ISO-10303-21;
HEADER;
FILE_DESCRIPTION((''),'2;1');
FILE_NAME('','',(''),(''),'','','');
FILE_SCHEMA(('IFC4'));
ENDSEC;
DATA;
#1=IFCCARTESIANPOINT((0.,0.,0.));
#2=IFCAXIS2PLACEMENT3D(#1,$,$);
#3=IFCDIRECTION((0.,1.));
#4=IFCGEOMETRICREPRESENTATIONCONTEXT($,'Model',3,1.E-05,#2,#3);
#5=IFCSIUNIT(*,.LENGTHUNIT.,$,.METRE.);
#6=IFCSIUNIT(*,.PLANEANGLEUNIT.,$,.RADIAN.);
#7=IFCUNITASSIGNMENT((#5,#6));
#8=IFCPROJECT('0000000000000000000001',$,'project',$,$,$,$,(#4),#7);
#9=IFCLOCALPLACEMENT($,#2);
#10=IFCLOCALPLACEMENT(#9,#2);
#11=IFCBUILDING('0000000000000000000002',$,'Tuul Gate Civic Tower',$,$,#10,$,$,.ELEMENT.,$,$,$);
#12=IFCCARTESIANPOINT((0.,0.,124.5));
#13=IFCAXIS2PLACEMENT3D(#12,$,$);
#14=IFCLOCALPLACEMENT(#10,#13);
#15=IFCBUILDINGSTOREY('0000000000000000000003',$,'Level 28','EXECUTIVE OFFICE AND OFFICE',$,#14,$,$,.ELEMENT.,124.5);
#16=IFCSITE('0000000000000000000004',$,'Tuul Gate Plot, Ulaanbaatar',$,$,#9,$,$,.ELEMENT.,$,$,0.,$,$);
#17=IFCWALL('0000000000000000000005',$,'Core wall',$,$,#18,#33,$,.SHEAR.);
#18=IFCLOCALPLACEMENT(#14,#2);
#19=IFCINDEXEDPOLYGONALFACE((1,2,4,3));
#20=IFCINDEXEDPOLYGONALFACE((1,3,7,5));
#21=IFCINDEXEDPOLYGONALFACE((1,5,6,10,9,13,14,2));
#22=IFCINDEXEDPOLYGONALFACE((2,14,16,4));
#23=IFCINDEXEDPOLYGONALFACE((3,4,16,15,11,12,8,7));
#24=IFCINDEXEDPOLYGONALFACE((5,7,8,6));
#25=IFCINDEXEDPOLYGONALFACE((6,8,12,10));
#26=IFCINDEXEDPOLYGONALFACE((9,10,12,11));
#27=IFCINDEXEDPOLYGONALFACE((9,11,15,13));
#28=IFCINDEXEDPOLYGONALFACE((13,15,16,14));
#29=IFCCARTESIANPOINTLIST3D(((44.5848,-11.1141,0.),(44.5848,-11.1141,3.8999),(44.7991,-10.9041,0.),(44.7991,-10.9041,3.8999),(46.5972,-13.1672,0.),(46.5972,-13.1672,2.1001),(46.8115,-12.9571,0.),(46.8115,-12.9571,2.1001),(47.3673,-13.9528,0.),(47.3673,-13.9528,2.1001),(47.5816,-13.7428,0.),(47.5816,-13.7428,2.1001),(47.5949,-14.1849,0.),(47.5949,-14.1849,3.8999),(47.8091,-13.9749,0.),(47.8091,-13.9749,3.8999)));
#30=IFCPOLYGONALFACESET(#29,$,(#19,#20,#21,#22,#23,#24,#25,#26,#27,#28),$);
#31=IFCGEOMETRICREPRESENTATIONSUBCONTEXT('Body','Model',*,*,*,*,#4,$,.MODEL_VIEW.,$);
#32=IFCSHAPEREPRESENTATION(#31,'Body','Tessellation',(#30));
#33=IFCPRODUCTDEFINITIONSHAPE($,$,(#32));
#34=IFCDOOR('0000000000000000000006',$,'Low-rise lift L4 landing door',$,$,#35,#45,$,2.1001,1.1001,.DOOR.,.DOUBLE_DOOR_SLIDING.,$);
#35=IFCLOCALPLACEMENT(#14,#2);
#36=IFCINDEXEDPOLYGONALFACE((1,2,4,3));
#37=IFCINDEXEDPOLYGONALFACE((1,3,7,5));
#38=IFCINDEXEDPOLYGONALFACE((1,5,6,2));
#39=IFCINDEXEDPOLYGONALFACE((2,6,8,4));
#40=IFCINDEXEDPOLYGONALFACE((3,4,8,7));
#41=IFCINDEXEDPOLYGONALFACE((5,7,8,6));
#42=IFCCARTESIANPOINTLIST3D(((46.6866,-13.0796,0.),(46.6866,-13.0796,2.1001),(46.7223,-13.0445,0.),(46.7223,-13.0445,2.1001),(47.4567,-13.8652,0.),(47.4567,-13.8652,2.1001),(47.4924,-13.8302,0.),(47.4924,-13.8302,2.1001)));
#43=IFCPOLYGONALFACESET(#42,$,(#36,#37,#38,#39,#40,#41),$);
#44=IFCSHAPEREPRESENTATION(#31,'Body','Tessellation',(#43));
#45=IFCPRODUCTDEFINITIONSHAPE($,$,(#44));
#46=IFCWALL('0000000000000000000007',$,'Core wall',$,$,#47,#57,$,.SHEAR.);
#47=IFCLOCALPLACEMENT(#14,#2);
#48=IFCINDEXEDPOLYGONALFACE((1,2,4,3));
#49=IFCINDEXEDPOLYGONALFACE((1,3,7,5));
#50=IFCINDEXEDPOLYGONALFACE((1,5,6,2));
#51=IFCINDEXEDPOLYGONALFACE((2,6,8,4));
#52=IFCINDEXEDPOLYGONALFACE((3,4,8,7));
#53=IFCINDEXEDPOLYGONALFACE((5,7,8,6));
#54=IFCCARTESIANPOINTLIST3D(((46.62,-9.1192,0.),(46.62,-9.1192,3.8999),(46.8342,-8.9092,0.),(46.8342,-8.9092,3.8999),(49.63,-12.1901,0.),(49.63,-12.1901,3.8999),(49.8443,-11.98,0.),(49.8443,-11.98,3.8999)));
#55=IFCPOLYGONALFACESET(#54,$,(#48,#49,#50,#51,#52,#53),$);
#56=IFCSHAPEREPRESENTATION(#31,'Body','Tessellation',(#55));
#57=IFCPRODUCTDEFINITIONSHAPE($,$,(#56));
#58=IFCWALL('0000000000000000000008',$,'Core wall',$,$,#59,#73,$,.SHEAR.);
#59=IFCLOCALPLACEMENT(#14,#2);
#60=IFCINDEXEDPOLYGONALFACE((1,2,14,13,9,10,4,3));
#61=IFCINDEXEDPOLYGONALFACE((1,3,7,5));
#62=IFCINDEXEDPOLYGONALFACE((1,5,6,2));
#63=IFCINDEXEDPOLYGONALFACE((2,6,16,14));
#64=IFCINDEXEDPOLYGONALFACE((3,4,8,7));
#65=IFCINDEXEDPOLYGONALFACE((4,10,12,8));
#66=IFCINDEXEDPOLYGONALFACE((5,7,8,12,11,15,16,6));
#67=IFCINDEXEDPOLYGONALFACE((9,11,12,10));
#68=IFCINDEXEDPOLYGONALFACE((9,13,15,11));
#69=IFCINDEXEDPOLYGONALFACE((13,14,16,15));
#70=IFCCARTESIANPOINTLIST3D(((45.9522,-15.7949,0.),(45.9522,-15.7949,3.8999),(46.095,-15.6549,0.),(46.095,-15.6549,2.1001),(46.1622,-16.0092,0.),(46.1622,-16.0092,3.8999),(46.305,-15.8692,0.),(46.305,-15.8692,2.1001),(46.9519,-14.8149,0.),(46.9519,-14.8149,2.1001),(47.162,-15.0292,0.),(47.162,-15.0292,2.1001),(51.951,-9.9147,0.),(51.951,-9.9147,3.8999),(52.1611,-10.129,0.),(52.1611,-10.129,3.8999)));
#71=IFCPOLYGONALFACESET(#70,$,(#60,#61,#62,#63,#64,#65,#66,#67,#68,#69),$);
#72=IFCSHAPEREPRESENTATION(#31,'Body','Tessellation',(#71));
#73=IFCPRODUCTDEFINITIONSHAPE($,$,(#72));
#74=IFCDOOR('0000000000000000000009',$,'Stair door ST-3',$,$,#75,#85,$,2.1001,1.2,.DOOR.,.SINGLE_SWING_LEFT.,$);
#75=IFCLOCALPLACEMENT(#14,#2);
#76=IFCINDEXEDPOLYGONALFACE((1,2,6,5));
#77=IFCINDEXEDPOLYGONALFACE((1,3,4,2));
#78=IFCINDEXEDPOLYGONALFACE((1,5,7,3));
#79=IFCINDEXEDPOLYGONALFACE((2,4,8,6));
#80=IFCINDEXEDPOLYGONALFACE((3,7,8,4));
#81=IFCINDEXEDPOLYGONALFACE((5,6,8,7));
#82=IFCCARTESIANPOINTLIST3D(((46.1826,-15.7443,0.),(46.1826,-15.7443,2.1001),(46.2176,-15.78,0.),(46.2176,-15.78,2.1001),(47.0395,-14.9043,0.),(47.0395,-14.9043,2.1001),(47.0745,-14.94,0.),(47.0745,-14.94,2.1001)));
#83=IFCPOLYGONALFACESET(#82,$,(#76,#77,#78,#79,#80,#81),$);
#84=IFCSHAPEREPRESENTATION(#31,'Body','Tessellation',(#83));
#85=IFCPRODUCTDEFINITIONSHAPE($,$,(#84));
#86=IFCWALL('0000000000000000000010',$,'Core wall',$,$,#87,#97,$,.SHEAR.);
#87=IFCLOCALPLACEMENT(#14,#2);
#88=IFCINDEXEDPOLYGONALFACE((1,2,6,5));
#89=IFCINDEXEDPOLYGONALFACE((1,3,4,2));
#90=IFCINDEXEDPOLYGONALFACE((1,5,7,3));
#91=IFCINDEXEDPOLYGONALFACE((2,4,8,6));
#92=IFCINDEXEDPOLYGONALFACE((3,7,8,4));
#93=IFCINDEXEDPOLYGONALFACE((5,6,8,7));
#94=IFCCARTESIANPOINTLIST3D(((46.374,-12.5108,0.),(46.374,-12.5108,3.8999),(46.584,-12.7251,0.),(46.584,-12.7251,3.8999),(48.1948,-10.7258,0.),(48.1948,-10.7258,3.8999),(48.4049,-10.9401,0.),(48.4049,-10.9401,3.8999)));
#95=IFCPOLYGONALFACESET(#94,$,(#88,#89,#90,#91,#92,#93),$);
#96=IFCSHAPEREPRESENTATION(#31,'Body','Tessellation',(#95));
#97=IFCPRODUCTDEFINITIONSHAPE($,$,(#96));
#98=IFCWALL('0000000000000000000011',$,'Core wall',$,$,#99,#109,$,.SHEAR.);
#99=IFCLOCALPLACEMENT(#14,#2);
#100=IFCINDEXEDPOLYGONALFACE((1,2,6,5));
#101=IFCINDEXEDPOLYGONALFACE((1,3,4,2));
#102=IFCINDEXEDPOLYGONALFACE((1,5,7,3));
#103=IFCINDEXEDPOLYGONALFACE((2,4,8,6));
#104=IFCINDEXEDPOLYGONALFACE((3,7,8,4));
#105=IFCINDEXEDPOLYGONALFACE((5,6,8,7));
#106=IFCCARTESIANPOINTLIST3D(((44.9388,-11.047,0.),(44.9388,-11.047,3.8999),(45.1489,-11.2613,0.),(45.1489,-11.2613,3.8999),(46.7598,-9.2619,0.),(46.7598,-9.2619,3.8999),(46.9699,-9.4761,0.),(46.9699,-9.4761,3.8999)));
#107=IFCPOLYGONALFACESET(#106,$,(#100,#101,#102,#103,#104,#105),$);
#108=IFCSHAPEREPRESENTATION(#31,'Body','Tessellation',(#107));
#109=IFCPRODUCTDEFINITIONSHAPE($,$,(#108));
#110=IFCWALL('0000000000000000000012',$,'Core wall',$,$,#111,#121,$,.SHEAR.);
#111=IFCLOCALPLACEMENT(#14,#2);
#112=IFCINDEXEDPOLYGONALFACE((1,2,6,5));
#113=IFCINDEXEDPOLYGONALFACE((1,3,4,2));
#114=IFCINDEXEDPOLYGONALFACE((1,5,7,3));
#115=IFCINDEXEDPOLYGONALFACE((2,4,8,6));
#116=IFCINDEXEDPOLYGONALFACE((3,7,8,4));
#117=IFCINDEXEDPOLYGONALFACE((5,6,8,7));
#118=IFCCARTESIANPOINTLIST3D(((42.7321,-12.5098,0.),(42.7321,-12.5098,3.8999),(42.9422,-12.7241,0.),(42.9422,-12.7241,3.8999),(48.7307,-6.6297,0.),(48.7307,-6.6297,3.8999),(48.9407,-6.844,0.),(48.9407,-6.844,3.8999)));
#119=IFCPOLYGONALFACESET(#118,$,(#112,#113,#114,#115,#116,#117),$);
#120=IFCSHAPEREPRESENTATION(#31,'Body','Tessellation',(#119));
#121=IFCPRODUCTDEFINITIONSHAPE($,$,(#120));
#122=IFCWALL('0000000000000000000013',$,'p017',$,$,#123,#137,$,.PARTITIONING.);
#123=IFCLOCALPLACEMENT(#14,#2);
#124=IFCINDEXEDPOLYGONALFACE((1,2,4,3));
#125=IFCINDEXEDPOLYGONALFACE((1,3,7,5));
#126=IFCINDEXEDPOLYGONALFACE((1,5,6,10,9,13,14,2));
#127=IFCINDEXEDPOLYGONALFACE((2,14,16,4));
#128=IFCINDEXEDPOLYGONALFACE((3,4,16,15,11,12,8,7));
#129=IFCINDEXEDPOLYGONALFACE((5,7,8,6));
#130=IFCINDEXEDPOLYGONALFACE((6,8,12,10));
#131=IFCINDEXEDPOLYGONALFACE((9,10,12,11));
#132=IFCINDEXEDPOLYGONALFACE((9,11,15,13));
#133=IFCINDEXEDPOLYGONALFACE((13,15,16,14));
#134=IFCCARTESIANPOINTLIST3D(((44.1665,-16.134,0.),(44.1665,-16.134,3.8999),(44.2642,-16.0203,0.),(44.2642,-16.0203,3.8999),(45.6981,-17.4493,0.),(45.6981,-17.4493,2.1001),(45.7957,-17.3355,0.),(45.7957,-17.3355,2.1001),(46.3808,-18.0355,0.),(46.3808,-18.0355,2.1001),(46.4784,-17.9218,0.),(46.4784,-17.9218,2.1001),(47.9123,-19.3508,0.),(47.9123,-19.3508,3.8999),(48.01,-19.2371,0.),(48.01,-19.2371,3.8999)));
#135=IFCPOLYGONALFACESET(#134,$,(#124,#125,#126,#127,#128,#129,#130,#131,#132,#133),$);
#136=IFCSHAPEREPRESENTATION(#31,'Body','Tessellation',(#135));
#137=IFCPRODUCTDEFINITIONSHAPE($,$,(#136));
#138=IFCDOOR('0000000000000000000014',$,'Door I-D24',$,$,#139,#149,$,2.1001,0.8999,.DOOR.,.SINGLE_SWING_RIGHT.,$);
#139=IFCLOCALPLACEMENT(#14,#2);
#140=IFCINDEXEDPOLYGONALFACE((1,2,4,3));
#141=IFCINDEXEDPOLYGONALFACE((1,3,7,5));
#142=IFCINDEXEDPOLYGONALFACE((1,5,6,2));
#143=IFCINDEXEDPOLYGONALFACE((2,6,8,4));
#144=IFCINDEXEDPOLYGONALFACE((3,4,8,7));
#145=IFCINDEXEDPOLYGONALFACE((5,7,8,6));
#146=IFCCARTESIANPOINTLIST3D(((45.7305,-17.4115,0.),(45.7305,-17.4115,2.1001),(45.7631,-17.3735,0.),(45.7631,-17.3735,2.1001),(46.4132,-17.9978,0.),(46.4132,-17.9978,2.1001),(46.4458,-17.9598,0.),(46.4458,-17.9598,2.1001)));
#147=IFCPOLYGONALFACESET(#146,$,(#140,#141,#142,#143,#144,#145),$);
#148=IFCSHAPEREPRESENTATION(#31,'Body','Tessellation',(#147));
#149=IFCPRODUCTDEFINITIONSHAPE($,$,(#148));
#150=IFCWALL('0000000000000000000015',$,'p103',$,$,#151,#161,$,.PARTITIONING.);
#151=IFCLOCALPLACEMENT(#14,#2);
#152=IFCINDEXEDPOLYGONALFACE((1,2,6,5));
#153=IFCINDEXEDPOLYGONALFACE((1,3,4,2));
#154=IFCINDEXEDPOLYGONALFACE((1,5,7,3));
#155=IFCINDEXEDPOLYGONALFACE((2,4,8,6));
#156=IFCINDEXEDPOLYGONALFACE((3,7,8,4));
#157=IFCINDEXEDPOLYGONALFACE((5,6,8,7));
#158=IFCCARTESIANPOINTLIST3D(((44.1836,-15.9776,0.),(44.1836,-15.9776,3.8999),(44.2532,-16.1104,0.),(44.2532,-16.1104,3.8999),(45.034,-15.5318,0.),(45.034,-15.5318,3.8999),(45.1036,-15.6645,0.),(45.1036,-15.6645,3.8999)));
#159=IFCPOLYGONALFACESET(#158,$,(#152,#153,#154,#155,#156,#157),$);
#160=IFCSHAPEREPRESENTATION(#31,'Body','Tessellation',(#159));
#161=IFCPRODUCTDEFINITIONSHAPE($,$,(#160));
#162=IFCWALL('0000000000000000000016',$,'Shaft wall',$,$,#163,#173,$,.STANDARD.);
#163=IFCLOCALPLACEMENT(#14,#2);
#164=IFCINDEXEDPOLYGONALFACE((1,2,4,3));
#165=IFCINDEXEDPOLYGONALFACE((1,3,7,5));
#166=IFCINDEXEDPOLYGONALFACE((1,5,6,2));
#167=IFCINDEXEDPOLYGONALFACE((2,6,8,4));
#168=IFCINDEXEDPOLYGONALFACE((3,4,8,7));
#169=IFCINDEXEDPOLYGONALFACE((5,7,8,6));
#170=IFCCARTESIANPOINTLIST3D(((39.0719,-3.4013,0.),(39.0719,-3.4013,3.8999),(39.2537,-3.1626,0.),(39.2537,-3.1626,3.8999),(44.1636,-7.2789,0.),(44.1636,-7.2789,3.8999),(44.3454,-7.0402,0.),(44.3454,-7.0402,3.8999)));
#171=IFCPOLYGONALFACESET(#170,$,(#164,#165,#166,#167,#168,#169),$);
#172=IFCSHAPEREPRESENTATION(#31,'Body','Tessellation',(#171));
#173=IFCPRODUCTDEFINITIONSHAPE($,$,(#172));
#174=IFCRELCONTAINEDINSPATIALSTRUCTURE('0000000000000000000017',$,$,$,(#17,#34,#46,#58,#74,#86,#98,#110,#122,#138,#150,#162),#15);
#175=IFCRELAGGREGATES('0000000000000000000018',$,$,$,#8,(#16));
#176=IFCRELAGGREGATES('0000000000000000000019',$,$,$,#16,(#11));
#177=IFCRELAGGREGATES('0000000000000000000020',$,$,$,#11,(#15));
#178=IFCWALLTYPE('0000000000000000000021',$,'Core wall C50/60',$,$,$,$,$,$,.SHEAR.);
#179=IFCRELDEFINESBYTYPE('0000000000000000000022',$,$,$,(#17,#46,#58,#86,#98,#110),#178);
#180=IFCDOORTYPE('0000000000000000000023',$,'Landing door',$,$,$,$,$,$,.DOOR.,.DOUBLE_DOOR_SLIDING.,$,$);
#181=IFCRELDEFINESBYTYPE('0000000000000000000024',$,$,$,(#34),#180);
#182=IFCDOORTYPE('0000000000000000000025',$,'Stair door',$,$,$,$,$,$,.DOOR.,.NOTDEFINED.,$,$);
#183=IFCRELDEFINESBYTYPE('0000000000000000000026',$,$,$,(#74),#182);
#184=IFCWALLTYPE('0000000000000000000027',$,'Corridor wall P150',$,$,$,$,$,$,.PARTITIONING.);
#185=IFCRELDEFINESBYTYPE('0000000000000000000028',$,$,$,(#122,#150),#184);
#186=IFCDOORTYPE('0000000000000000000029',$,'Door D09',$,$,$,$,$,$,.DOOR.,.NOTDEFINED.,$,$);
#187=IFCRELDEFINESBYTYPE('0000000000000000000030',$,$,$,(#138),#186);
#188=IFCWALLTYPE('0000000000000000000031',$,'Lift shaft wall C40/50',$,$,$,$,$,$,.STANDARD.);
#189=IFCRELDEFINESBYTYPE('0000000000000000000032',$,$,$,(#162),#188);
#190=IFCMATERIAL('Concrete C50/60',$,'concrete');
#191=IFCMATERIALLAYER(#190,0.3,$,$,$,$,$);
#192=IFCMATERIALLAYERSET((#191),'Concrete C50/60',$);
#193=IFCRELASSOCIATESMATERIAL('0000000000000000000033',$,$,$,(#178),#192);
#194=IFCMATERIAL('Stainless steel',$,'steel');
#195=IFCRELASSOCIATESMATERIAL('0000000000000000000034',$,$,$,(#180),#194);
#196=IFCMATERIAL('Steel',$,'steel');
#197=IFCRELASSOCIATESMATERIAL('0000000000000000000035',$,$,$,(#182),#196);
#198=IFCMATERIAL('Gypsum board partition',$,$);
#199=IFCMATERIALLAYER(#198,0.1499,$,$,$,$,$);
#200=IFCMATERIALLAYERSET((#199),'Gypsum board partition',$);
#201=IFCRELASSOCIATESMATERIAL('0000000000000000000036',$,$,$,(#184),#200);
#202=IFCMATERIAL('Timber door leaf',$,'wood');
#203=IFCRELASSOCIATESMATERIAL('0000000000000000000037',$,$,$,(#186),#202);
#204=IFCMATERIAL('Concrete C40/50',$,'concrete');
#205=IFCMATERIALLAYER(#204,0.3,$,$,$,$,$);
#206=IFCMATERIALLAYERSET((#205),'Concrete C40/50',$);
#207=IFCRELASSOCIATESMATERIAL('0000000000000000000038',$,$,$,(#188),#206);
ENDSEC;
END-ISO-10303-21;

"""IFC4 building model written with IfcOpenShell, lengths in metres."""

from ifc_helpers import new_model, si_unit, direction, frame, frame_2d, origin, place, context, subcontext, project, spatial, rectangle, extrude, material, layer, layer_set, type_object, element, fill, save


model = new_model("IFC4")

# Units and contexts
model_context = context("Model", 3, precision=1e-05, world=origin(), true_north=direction((0.0, 1.0)))
body_context = subcontext(model_context, "Body", "Model", "MODEL_VIEW")
ifc_project = project(units=[si_unit("LENGTHUNIT", "METRE"), si_unit("PLANEANGLEUNIT", "RADIAN")], contexts=[model_context])

# Site, building, storey
site_placement = place(None, origin())
site = spatial("IfcSite", under=ifc_project, at=site_placement, Name="Tuul Gate Plot, Ulaanbaatar", CompositionType="ELEMENT", RefElevation=0.0)
building_placement = place(site_placement, origin())
building = spatial("IfcBuilding", under=site, at=building_placement, Name="Tuul Gate Civic Tower", CompositionType="ELEMENT")
storey_placement = place(building_placement, frame((0.0, 0.0, 124.5)))
storey = spatial("IfcBuildingStorey", under=building, at=storey_placement, Name="Level 28", Description="EXECUTIVE OFFICE AND OFFICE", CompositionType="ELEMENT", Elevation=124.5)

# Wall, opening, door
ifc_material_1 = material(Name="Concrete C50/60", Category="concrete")
ifc_layer_1 = layer(ifc_material_1, 0.3)
ifc_layer_set_1 = layer_set([ifc_layer_1], Name="Concrete C50/60")
wall_type_1 = type_object("IfcWallType", Name="Core wall C50/60", PredefinedType="SHEAR", material=ifc_layer_set_1)
wall_1_placement = place(storey_placement, frame((47.7019, -14.0798, 0.0), z_axis=(0.0, 0.0, 1.0), x_axis=(-0.700003, 0.71414, 0.0)))
wall_1 = element("IfcWall", 1, at=wall_1_placement, inside=storey, type_object=wall_type_1, Name="Core wall", PredefinedType="SHEAR", context=body_context, shape_type="SweptSolid", body=[
    extrude(rectangle(XDim=4.3, YDim=0.3, at=frame_2d((2.1499, 0.0))), origin(), (0.0, 0.0, 1.0), 3.8999),
])
opening_1_placement = place(wall_1_placement, frame((0.325, 0.0, 0.0)))
opening_1 = element("IfcOpeningElement", 2, at=opening_1_placement, cuts=wall_1, PredefinedType="OPENING", context=body_context, shape_type="SweptSolid", body=[
    extrude(rectangle(XDim=1.1001, YDim=2.1001, at=frame_2d((0.55, 1.05))), frame((0.0, 0.1602, 0.0), z_axis=(0.0, -1.0, 0.0), x_axis=(1.0, 0.0, 0.0)), (0.0, 0.0, 1.0), 0.3201),
])
ifc_material_2 = material(Name="Stainless steel", Category="steel")
door_type_1 = type_object("IfcDoorType", Name="Landing door", OperationType="DOUBLE_DOOR_SLIDING", PredefinedType="DOOR", material=ifc_material_2)
door_1_placement = place(opening_1_placement, origin())
door_1 = element("IfcDoor", 3, at=door_1_placement, inside=storey, type_object=door_type_1, Name="Low-rise lift L4 landing door", OperationType="DOUBLE_DOOR_SLIDING", OverallHeight=2.1001, OverallWidth=1.1001, PredefinedType="DOOR", context=body_context, shape_type="SweptSolid", body=[
    extrude(rectangle(XDim=1.1001, YDim=2.1001, at=frame_2d((0.55, 1.05))), frame((0.0, 0.0249, 0.0), z_axis=(0.0, -1.0, 0.0), x_axis=(1.0, 0.0, 0.0)), (0.0, 0.0, 1.0), 0.05),
])
fill(opening_1, door_1)

# Wall
wall_2_placement = place(storey_placement, frame((49.7371, -12.085, 0.0), z_axis=(0.0, 0.0, 1.0), x_axis=(-0.700003, 0.71414, 0.0)))
element("IfcWall", 4, at=wall_2_placement, inside=storey, type_object=wall_type_1, Name="Core wall", PredefinedType="SHEAR", context=body_context, shape_type="SweptSolid", body=[
    extrude(rectangle(XDim=4.3, YDim=0.3, at=frame_2d((2.1499, 0.0))), origin(), (0.0, 0.0, 1.0), 3.8999),
])

# Wall, opening, door
wall_3_placement = place(storey_placement, frame((46.0571, -15.9021, 0.0), z_axis=(0.0, 0.0, 1.0), x_axis=(0.714134, 0.700009, 0.0)))
wall_3 = element("IfcWall", 5, at=wall_3_placement, inside=storey, type_object=wall_type_1, Name="Core wall", PredefinedType="SHEAR", context=body_context, shape_type="SweptSolid", body=[
    extrude(rectangle(XDim=8.4001, YDim=0.3, at=frame_2d((4.2002, 0.0))), origin(), (0.0, 0.0, 1.0), 3.8999),
])
opening_2_placement = place(wall_3_placement, frame((0.2, 0.0, 0.0)))
opening_2 = element("IfcOpeningElement", 6, at=opening_2_placement, cuts=wall_3, PredefinedType="OPENING", context=body_context, shape_type="SweptSolid", body=[
    extrude(rectangle(XDim=1.2, YDim=2.1001, at=frame_2d((0.6001, 1.05))), frame((0.0, 0.1602, 0.0), z_axis=(0.0, -1.0, 0.0), x_axis=(1.0, 0.0, 0.0)), (0.0, 0.0, 1.0), 0.3201),
])
ifc_material_3 = material(Name="Steel", Category="steel")
door_type_2 = type_object("IfcDoorType", Name="Stair door", OperationType="NOTDEFINED", PredefinedType="DOOR", material=ifc_material_3)
door_2_placement = place(opening_2_placement, origin())
door_2 = element("IfcDoor", 7, at=door_2_placement, inside=storey, type_object=door_type_2, Name="Stair door ST-3", OperationType="SINGLE_SWING_LEFT", OverallHeight=2.1001, OverallWidth=1.2, PredefinedType="DOOR", context=body_context, shape_type="SweptSolid", body=[
    extrude(rectangle(XDim=1.2, YDim=2.1001, at=frame_2d((0.6001, 1.05))), frame((0.0, 0.0249, 0.0), z_axis=(0.0, -1.0, 0.0), x_axis=(1.0, 0.0, 0.0)), (0.0, 0.0, 1.0), 0.05),
])
fill(opening_2, door_2)

# Walls
wall_4_placement = place(storey_placement, frame((46.479, -12.6179, 0.0), z_axis=(0.0, 0.0, 1.0), x_axis=(0.714109, 0.700034, 0.0)))
element("IfcWall", 8, at=wall_4_placement, inside=storey, type_object=wall_type_1, Name="Core wall", PredefinedType="SHEAR", context=body_context, shape_type="SweptSolid", body=[
    extrude(rectangle(XDim=2.5498, YDim=0.3, at=frame_2d((1.2749, 0.0))), origin(), (0.0, 0.0, 1.0), 3.8999),
])
wall_5_placement = place(storey_placement, frame((45.0439, -11.1541, 0.0), z_axis=(0.0, 0.0, 1.0), x_axis=(0.714108, 0.700035, 0.0)))
element("IfcWall", 9, at=wall_5_placement, inside=storey, type_object=wall_type_1, Name="Core wall", PredefinedType="SHEAR", context=body_context, shape_type="SweptSolid", body=[
    extrude(rectangle(XDim=2.55, YDim=0.3, at=frame_2d((1.2749, 0.0))), origin(), (0.0, 0.0, 1.0), 3.8999),
])
wall_6_placement = place(storey_placement, frame((42.8372, -12.6169, 0.0), z_axis=(0.0, 0.0, 1.0), x_axis=(0.71412, 0.700023, 0.0)))
element("IfcWall", 10, at=wall_6_placement, inside=storey, type_object=wall_type_1, Name="Core wall", PredefinedType="SHEAR", context=body_context, shape_type="SweptSolid", body=[
    extrude(rectangle(XDim=8.3999, YDim=0.3, at=frame_2d((4.2, 0.0))), origin(), (0.0, 0.0, 1.0), 3.8999),
])

# Wall, opening, door
ifc_material_4 = material(Name="Gypsum board partition")
ifc_layer_2 = layer(ifc_material_4, 0.1499)
ifc_layer_set_2 = layer_set([ifc_layer_2], Name="Gypsum board partition")
wall_type_2 = type_object("IfcWallType", Name="Corridor wall P150", PredefinedType="PARTITIONING", material=ifc_layer_set_2)
wall_7_placement = place(storey_placement, frame((44.2153, -16.0771, 0.0), z_axis=(0.0, 0.0, 1.0), x_axis=(0.758649, -0.6515, 0.0)))
wall_7 = element("IfcWall", 11, at=wall_7_placement, inside=storey, type_object=wall_type_2, Name="p017", PredefinedType="PARTITIONING", context=body_context, shape_type="SweptSolid", body=[
    extrude(rectangle(XDim=4.9375, YDim=0.1499, at=frame_2d((2.4688, 0.0))), origin(), (0.0, 0.0, 1.0), 3.8999),
])
opening_3_placement = place(wall_7_placement, frame((2.0188, 0.0, 0.0)))
opening_3 = element("IfcOpeningElement", 12, at=opening_3_placement, cuts=wall_7, PredefinedType="OPENING", context=body_context, shape_type="SweptSolid", body=[
    extrude(rectangle(XDim=0.8999, YDim=2.1001, at=frame_2d((0.45, 1.05))), frame((0.0, 0.085, 0.0), z_axis=(0.0, -1.0, 0.0), x_axis=(1.0, 0.0, 0.0)), (0.0, 0.0, 1.0), 0.1699),
])
ifc_material_5 = material(Name="Timber door leaf", Category="wood")
door_type_3 = type_object("IfcDoorType", Name="Door D09", OperationType="NOTDEFINED", PredefinedType="DOOR", material=ifc_material_5)
door_3_placement = place(opening_3_placement, origin())
door_3 = element("IfcDoor", 13, at=door_3_placement, inside=storey, type_object=door_type_3, Name="Door I-D24", OperationType="SINGLE_SWING_RIGHT", OverallHeight=2.1001, OverallWidth=0.8999, PredefinedType="DOOR", context=body_context, shape_type="SweptSolid", body=[
    extrude(rectangle(XDim=0.8999, YDim=2.1001, at=frame_2d((0.45, 1.05))), frame((0.0, 0.0249, 0.0), z_axis=(0.0, -1.0, 0.0), x_axis=(1.0, 0.0, 0.0)), (0.0, 0.0, 1.0), 0.05),
])
fill(opening_3, door_3)

# Walls
wall_8_placement = place(storey_placement, frame((44.2185, -16.0439, 0.0), z_axis=(0.0, 0.0, 1.0), x_axis=(0.885667, 0.464321, 0.0)))
element("IfcWall", 14, at=wall_8_placement, inside=storey, type_object=wall_type_2, Name="p103", PredefinedType="PARTITIONING", context=body_context, shape_type="SweptSolid", body=[
    extrude(rectangle(XDim=0.9602, YDim=0.1499, at=frame_2d((0.48, 0.0))), origin(), (0.0, 0.0, 1.0), 3.8999),
])
ifc_material_6 = material(Name="Concrete C40/50", Category="concrete")
ifc_layer_3 = layer(ifc_material_6, 0.3)
ifc_layer_set_3 = layer_set([ifc_layer_3], Name="Concrete C40/50")
wall_type_3 = type_object("IfcWallType", Name="Lift shaft wall C40/50", PredefinedType="STANDARD", material=ifc_layer_set_3)
wall_9_placement = place(storey_placement, frame((44.2546, -7.1597, 0.0), z_axis=(0.0, 0.0, 1.0), x_axis=(-0.795566, 0.605867, 0.0)))
element("IfcWall", 15, at=wall_9_placement, inside=storey, type_object=wall_type_3, Name="Shaft wall", PredefinedType="STANDARD", context=body_context, shape_type="SweptSolid", body=[
    extrude(rectangle(XDim=6.4001, YDim=0.3, at=frame_2d((3.2002, 0.0))), origin(), (0.0, 0.0, 1.0), 3.8999),
])

save(model, "model.ifc")
